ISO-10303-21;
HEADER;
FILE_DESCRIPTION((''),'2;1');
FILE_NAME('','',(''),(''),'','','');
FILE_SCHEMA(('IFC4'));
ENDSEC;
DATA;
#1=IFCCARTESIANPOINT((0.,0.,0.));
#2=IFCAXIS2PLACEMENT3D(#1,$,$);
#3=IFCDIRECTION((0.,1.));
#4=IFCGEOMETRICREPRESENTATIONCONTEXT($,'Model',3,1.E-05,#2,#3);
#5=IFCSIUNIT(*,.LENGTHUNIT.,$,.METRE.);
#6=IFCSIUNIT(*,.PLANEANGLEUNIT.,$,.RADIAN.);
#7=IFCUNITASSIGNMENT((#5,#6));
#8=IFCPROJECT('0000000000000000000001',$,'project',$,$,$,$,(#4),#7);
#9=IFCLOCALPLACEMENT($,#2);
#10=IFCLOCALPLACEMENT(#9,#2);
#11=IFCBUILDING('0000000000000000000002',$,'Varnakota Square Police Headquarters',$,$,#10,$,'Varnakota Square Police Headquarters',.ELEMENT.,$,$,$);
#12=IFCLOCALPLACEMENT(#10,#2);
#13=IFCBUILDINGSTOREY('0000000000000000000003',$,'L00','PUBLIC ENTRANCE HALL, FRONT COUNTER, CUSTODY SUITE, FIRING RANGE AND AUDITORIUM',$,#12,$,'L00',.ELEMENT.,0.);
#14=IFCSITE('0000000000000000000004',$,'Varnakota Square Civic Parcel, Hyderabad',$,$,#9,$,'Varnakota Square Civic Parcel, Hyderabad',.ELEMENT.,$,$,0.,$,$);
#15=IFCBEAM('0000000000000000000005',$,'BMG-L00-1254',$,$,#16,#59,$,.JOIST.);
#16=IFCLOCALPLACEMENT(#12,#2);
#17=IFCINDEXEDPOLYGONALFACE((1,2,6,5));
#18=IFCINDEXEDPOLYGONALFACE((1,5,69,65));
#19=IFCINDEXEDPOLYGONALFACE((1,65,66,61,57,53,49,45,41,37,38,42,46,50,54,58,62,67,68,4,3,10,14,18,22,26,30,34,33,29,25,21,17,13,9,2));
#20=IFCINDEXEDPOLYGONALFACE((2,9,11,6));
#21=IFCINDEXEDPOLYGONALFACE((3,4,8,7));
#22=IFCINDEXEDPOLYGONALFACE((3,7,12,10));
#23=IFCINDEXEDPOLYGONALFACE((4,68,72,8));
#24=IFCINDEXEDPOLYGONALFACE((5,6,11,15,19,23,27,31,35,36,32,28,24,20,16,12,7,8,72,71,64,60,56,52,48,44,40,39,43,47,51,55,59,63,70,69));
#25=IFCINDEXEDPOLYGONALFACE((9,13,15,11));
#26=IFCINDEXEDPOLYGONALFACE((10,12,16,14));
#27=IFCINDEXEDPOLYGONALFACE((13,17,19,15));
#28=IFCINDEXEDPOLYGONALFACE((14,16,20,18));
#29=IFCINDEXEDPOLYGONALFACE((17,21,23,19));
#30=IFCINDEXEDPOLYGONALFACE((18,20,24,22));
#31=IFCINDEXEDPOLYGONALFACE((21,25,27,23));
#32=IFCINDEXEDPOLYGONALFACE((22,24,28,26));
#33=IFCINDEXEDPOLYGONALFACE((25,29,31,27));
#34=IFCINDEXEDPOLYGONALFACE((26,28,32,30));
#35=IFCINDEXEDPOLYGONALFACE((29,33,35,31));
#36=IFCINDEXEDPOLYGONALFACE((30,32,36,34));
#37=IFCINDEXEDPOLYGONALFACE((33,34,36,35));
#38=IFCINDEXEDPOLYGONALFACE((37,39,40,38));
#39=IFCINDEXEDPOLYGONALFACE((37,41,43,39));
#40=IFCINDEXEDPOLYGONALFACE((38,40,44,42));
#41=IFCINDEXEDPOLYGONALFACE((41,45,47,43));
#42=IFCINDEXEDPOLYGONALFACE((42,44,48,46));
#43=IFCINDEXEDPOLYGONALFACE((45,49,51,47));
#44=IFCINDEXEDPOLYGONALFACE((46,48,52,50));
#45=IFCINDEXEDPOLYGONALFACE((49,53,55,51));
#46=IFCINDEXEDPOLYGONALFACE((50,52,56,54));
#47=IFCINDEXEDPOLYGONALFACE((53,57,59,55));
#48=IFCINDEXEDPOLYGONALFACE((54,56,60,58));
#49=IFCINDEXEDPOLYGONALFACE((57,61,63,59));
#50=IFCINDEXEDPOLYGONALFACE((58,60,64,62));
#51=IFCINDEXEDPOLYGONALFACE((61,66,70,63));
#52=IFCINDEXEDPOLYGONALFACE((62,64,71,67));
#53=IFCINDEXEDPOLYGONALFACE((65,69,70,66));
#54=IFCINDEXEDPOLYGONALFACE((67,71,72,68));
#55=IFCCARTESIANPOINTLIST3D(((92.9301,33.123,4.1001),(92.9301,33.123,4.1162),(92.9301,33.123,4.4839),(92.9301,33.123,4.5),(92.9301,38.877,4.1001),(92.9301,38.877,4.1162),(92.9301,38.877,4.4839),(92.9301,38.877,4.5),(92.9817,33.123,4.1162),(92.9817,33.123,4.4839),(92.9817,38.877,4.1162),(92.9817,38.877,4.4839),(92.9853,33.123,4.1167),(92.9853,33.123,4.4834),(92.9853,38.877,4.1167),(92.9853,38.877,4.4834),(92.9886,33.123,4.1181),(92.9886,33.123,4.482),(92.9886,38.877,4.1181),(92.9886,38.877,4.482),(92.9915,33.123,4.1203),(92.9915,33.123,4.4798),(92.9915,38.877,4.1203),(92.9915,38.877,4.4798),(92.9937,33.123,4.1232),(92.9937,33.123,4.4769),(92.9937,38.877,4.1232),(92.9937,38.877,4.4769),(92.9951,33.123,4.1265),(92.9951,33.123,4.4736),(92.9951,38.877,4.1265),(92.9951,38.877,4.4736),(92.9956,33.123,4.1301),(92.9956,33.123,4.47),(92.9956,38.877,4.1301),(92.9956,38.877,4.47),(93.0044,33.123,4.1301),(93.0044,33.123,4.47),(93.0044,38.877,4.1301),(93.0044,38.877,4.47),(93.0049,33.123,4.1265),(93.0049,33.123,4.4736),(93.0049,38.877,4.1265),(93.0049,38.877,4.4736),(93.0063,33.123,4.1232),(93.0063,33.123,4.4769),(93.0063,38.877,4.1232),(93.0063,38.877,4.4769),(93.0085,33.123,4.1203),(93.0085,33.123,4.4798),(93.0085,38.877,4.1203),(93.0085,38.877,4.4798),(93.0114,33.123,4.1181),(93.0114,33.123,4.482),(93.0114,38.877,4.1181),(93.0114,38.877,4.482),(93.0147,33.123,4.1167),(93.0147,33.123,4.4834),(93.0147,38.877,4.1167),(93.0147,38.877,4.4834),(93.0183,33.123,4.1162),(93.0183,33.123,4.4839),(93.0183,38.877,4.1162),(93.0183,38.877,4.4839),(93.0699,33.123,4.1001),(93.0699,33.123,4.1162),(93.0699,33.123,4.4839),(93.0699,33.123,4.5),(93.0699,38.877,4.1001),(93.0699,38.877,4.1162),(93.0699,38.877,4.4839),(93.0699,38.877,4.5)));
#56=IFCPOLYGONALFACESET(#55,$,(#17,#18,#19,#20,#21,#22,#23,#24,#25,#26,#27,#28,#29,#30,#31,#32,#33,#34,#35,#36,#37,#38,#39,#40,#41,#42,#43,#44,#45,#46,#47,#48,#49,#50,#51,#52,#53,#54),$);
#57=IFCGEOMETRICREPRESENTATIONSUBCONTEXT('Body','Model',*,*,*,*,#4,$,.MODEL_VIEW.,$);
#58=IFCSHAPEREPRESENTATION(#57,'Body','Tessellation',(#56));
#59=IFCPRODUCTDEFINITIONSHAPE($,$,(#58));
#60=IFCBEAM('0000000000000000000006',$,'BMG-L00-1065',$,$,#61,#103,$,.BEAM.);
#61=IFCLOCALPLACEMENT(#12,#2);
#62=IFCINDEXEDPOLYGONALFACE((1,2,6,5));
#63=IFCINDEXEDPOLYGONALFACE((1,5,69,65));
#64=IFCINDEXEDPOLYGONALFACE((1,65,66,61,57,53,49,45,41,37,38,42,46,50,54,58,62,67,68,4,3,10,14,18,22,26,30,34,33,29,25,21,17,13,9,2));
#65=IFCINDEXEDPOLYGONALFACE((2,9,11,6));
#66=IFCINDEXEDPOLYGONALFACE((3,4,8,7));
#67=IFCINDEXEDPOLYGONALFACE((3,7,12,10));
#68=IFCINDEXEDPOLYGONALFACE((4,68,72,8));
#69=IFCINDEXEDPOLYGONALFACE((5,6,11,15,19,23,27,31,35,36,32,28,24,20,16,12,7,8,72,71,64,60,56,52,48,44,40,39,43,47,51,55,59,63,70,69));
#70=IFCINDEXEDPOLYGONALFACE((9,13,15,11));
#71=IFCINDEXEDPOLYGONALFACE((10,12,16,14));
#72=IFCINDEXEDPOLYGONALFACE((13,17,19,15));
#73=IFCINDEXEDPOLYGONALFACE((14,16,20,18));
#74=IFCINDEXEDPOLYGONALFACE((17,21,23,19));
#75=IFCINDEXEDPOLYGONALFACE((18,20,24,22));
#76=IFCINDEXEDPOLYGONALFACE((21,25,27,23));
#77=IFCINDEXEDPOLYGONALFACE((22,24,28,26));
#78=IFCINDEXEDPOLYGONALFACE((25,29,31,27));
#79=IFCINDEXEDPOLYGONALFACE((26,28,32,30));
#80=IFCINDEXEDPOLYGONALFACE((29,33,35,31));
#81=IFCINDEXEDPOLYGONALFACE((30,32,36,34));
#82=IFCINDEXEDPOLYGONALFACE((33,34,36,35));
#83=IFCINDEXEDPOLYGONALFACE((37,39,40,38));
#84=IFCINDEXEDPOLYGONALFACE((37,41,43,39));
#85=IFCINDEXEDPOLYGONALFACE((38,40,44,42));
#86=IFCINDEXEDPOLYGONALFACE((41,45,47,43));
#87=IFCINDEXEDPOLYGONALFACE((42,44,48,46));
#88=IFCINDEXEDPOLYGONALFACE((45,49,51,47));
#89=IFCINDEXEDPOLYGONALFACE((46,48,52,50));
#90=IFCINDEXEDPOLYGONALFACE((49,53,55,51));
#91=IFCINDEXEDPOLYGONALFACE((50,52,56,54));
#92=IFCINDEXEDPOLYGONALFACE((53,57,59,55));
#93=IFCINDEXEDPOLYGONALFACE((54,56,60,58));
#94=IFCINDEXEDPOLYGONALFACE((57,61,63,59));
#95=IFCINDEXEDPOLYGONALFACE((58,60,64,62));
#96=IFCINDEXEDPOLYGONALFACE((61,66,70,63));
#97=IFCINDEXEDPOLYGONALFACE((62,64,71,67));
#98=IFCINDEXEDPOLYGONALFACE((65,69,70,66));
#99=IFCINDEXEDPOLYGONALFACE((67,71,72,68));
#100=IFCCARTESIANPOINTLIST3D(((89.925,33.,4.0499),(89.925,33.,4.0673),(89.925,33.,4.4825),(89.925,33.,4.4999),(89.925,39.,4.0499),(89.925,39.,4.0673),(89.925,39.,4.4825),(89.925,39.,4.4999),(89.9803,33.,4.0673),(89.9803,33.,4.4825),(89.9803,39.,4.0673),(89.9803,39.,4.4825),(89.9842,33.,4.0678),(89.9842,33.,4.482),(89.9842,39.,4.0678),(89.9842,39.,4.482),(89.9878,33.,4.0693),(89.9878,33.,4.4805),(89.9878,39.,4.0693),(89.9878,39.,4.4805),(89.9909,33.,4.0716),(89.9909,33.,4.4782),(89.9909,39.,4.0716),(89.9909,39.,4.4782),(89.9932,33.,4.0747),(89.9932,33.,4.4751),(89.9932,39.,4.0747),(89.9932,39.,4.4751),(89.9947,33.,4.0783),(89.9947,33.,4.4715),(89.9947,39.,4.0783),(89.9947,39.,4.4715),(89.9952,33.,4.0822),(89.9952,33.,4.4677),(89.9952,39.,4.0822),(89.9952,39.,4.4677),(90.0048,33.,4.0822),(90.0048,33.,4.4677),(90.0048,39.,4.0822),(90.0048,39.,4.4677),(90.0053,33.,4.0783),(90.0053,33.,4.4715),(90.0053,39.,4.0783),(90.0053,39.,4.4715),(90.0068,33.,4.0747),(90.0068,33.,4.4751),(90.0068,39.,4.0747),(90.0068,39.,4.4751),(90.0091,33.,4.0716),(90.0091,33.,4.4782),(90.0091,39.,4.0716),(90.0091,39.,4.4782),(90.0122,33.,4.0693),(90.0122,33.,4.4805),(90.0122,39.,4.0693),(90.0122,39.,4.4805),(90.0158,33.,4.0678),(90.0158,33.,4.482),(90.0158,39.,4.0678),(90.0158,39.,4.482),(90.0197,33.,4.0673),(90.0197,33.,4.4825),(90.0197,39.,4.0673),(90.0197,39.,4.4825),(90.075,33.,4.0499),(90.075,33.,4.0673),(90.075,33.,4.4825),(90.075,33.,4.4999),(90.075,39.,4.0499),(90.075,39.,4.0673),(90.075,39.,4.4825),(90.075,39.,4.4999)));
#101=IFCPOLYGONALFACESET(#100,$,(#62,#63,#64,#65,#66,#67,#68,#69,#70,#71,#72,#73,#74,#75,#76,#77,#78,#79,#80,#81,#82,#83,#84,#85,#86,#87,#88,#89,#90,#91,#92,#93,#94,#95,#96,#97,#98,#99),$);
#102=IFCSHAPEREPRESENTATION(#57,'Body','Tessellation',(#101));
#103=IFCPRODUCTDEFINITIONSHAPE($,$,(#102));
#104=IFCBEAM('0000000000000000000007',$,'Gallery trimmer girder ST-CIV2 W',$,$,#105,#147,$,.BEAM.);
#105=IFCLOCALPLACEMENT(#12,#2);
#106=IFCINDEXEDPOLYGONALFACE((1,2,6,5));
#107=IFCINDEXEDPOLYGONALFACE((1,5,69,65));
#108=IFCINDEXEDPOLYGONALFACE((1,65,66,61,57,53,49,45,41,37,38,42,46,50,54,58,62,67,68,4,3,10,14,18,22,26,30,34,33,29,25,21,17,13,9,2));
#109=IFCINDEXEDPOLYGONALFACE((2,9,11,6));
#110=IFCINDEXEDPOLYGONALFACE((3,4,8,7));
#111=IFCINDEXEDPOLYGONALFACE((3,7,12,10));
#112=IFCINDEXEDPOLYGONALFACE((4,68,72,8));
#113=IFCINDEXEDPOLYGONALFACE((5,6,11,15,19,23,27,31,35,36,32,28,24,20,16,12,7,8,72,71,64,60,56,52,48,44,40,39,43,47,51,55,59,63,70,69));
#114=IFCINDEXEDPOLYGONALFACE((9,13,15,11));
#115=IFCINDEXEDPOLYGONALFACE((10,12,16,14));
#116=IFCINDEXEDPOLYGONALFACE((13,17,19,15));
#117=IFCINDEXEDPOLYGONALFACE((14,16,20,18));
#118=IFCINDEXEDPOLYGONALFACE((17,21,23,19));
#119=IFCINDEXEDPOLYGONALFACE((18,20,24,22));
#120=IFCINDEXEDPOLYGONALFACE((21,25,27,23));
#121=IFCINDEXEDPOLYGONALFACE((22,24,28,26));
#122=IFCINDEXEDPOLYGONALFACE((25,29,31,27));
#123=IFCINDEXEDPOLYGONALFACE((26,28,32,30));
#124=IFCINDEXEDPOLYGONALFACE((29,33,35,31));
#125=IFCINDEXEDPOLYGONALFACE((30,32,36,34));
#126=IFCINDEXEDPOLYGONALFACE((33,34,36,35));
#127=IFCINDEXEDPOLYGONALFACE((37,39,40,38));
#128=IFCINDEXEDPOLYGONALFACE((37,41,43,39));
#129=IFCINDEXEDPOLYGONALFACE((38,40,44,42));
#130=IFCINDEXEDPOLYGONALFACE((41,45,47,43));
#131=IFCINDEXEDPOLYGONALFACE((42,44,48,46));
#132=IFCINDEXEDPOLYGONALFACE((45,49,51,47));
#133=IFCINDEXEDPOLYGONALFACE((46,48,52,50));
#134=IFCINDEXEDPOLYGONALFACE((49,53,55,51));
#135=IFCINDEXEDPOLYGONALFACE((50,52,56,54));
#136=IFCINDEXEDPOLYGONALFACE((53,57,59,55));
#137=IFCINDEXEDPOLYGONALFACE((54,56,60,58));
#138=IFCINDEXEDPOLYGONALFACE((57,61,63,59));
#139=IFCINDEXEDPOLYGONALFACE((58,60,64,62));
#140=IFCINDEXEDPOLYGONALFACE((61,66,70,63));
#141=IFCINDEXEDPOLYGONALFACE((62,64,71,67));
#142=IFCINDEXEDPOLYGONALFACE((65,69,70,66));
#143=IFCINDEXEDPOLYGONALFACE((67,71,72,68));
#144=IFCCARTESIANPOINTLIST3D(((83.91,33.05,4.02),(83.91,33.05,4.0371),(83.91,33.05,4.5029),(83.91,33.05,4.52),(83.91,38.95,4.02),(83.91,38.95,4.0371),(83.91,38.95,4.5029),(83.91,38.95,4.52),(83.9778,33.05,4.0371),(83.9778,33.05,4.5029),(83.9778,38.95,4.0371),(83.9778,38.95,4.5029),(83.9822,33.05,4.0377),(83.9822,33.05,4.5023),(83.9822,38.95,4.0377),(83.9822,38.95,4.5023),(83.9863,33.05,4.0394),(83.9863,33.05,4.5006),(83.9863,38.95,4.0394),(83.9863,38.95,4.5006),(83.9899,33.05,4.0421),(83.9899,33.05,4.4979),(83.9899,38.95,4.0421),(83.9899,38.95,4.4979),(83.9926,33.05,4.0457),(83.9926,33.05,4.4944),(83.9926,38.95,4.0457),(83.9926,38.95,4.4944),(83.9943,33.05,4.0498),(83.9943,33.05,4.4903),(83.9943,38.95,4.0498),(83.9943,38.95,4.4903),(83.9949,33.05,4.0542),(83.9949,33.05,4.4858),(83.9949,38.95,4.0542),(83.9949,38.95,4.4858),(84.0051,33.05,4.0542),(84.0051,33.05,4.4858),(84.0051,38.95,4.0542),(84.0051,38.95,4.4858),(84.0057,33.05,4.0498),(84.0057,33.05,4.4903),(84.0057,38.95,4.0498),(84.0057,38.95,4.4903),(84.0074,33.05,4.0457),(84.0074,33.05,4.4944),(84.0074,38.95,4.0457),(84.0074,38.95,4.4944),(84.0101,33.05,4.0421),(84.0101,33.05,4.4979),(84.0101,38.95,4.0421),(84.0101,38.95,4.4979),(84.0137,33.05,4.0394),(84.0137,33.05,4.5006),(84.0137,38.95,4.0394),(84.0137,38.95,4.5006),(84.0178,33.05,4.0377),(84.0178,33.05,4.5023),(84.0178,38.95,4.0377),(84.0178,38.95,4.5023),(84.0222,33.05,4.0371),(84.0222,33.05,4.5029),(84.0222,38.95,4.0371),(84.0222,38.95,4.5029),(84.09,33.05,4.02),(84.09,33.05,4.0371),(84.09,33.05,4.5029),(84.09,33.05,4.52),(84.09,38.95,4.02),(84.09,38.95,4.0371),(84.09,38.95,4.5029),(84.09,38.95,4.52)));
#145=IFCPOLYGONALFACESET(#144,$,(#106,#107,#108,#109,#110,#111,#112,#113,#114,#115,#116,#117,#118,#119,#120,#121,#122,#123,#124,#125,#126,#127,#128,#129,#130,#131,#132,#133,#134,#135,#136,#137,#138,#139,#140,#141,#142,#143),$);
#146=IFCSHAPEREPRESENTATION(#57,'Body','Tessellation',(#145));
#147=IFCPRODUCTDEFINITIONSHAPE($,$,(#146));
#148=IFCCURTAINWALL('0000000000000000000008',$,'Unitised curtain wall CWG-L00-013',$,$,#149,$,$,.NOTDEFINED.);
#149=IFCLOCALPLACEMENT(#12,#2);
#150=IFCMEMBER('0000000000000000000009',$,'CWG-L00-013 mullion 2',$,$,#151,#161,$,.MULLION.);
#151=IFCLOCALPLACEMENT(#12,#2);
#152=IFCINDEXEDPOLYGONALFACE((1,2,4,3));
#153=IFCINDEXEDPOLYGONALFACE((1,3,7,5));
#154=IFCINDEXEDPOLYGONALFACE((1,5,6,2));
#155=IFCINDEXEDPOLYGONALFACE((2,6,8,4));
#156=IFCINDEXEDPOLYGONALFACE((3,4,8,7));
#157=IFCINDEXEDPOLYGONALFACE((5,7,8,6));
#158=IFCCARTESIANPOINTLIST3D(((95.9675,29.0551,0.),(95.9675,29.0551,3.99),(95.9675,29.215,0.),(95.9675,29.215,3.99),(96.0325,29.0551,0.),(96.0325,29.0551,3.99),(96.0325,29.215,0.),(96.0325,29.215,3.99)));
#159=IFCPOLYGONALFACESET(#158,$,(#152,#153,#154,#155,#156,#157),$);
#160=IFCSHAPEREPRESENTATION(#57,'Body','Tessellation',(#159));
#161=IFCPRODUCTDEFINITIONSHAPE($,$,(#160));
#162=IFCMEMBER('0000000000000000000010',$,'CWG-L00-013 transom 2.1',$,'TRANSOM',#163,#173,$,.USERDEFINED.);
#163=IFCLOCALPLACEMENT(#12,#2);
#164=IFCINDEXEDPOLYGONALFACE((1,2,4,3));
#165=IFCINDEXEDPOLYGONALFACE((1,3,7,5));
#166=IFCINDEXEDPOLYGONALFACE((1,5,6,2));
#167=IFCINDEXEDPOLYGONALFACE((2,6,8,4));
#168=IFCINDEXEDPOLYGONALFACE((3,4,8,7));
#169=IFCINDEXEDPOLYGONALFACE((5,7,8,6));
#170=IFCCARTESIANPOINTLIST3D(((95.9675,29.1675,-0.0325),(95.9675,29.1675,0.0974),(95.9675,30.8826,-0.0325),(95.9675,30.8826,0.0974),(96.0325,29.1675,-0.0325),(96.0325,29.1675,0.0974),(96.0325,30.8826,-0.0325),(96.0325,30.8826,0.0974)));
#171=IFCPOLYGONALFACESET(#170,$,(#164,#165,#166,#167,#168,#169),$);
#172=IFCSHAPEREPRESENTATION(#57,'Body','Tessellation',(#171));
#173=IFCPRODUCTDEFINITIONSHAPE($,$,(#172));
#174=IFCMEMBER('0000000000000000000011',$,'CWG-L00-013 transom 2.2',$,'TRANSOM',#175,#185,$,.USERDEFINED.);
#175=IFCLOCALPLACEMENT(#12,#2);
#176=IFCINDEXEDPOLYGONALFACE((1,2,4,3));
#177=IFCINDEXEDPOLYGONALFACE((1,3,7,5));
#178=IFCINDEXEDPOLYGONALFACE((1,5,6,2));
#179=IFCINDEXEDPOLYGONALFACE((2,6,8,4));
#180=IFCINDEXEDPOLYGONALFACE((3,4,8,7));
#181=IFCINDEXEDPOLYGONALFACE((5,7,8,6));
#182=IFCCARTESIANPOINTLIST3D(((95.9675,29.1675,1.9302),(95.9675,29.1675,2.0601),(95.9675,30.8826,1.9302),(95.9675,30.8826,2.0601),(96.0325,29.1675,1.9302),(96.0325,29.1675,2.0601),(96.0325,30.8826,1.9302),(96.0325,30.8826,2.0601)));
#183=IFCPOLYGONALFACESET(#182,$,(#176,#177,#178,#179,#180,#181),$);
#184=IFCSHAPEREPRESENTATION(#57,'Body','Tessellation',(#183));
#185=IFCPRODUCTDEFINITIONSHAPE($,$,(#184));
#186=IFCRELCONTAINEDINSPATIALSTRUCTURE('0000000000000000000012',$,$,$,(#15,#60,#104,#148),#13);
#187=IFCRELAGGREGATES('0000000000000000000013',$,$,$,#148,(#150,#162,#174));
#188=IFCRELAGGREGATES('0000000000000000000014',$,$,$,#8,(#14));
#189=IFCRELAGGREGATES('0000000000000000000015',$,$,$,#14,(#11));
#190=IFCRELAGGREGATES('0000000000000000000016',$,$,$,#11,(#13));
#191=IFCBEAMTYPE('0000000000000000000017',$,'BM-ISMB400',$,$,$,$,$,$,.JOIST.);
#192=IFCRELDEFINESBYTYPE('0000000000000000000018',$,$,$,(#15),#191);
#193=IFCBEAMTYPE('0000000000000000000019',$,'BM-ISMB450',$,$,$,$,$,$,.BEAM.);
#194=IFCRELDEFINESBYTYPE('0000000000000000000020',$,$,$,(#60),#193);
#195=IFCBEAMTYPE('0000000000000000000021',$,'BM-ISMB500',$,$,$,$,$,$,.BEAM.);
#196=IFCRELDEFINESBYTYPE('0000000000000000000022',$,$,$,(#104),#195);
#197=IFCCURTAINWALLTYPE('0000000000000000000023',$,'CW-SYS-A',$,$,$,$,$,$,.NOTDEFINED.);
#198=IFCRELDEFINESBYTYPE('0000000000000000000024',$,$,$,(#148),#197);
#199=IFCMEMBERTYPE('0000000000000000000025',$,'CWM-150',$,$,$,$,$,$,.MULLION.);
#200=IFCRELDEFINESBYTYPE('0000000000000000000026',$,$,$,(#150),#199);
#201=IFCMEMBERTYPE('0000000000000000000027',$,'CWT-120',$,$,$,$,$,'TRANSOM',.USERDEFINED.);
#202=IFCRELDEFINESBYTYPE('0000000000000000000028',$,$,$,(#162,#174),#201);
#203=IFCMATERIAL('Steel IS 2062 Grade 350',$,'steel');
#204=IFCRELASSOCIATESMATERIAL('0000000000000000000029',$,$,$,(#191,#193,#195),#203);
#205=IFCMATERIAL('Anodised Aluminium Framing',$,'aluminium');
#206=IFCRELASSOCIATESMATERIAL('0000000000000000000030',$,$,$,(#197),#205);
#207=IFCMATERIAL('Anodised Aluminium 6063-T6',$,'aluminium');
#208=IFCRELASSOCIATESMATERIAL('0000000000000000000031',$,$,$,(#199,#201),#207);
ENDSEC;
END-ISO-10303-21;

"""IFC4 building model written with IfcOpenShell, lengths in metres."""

from ifc_helpers import new_model, si_unit, direction, frame, origin, origin_2d, place, context, subcontext, project, spatial, rectangle, i_section, extrude, material, material_profile, profile_set, type_object, element, aggregate, save


model = new_model("IFC4")

# Units and contexts
model_context = context("Model", 3, precision=1e-05, world=origin(), true_north=direction((0.0, 1.0)))
body_context = subcontext(model_context, "Body", "Model", "MODEL_VIEW")
ifc_project = project(units=[si_unit("LENGTHUNIT", "METRE"), si_unit("PLANEANGLEUNIT", "RADIAN")], contexts=[model_context])

# Site, building, storey
site_placement = place(None, origin())
site = spatial("IfcSite", under=ifc_project, at=site_placement, Name="Varnakota Square Civic Parcel, Hyderabad", LongName="Varnakota Square Civic Parcel, Hyderabad", CompositionType="ELEMENT", RefElevation=0.0)
building_placement = place(site_placement, origin())
building = spatial("IfcBuilding", under=site, at=building_placement, Name="Varnakota Square Police Headquarters", LongName="Varnakota Square Police Headquarters", CompositionType="ELEMENT")
storey_placement = place(building_placement, origin())
storey = spatial("IfcBuildingStorey", under=building, at=storey_placement, Name="L00", Description="PUBLIC ENTRANCE HALL, FRONT COUNTER, CUSTODY SUITE, FIRING RANGE AND AUDITORIUM", LongName="L00", CompositionType="ELEMENT", Elevation=0.0)

# Beams
ifc_material_1 = material(Name="Steel IS 2062 Grade 350", Category="steel")
ifc_material_profile_1 = material_profile(ifc_material_1, i_section(OverallWidth=0.1399, OverallDepth=0.3999, WebThickness=0.0088, FlangeThickness=0.0161, FilletRadius=0.0139, at=origin_2d()), Name="ISMB 400")
ifc_profile_set_1 = profile_set([ifc_material_profile_1], Name="Steel IS 2062 Grade 350")
beam_type_1 = type_object("IfcBeamType", Name="BM-ISMB400", PredefinedType="JOIST", material=ifc_profile_set_1)
beam_1_placement = place(storey_placement, frame((93.0, 33.123, 4.3), z_axis=(0.0, 1.0, 0.0), x_axis=(-1.0, 0.0, 0.0)))
element("IfcBeam", 1, at=beam_1_placement, inside=storey, type_object=beam_type_1, Name="BMG-L00-1254", PredefinedType="JOIST", context=body_context, shape_type="SweptSolid", body=[
    extrude(i_section(OverallWidth=0.1399, OverallDepth=0.3999, WebThickness=0.0088, FlangeThickness=0.0161, FilletRadius=0.0139, at=origin_2d()), origin(), (0.0, 0.0, 1.0), 5.7539),
])
ifc_material_profile_2 = material_profile(ifc_material_1, i_section(OverallWidth=0.1499, OverallDepth=0.45, WebThickness=0.0095, FlangeThickness=0.0173, FilletRadius=0.0149, at=origin_2d()), Name="ISMB 450")
ifc_profile_set_2 = profile_set([ifc_material_profile_2], Name="Steel IS 2062 Grade 350")
beam_type_2 = type_object("IfcBeamType", Name="BM-ISMB450", PredefinedType="BEAM", material=ifc_profile_set_2)
beam_2_placement = place(storey_placement, frame((90.0, 33.0, 4.2749), z_axis=(0.0, 1.0, 0.0), x_axis=(-1.0, 0.0, 0.0)))
element("IfcBeam", 2, at=beam_2_placement, inside=storey, type_object=beam_type_2, Name="BMG-L00-1065", PredefinedType="BEAM", context=body_context, shape_type="SweptSolid", body=[
    extrude(i_section(OverallWidth=0.1499, OverallDepth=0.45, WebThickness=0.0095, FlangeThickness=0.0173, FilletRadius=0.0149, at=origin_2d()), origin(), (0.0, 0.0, 1.0), 6.0),
])
ifc_material_profile_3 = material_profile(ifc_material_1, i_section(OverallWidth=0.1799, OverallDepth=0.5, WebThickness=0.0103, FlangeThickness=0.0171, FilletRadius=0.0171, at=origin_2d()), Name="ISMB 500")
ifc_profile_set_3 = profile_set([ifc_material_profile_3], Name="Steel IS 2062 Grade 350")
beam_type_3 = type_object("IfcBeamType", Name="BM-ISMB500", PredefinedType="BEAM", material=ifc_profile_set_3)
beam_3_placement = place(storey_placement, frame((84.0, 33.05, 4.27), z_axis=(0.0, 1.0, 0.0), x_axis=(-1.0, 0.0, 0.0)))
element("IfcBeam", 3, at=beam_3_placement, inside=storey, type_object=beam_type_3, Name="Gallery trimmer girder ST-CIV2 W", PredefinedType="BEAM", context=body_context, shape_type="SweptSolid", body=[
    extrude(i_section(OverallWidth=0.1799, OverallDepth=0.5, WebThickness=0.0103, FlangeThickness=0.0171, FilletRadius=0.0171, at=origin_2d()), origin(), (0.0, 0.0, 1.0), 5.8999),
])

# Curtain wall, members
ifc_material_2 = material(Name="Anodised Aluminium Framing", Category="aluminium")
curtain_wall_type = type_object("IfcCurtainWallType", Name="CW-SYS-A", PredefinedType="NOTDEFINED", material=ifc_material_2)
curtain_wall_placement = place(storey_placement, origin())
curtain_wall = element("IfcCurtainWall", 4, at=curtain_wall_placement, inside=storey, type_object=curtain_wall_type, Name="Unitised curtain wall CWG-L00-013", PredefinedType="NOTDEFINED")
ifc_material_3 = material(Name="Anodised Aluminium 6063-T6", Category="aluminium")
ifc_material_profile_4 = material_profile(ifc_material_3, rectangle(XDim=0.0649, YDim=0.1599, at=origin_2d()), Name="ALU MULLION 65x160")
ifc_profile_set_4 = profile_set([ifc_material_profile_4], Name="Anodised Aluminium 6063-T6")
member_type_1 = type_object("IfcMemberType", Name="CWM-150", PredefinedType="MULLION", material=ifc_profile_set_4)
member_1_placement = place(storey_placement, frame((96.0, 29.135, 0.0), z_axis=(0.0, 0.0, 1.0), x_axis=(-1.0, 0.0, 0.0)))
member_1 = element("IfcMember", 5, at=member_1_placement, type_object=member_type_1, Name="CWG-L00-013 mullion 2", PredefinedType="MULLION", context=body_context, shape_type="SweptSolid", body=[
    extrude(rectangle(XDim=0.0649, YDim=0.1599, at=origin_2d()), origin(), (0.0, 0.0, 1.0), 3.99),
])
ifc_material_profile_5 = material_profile(ifc_material_3, rectangle(XDim=0.0649, YDim=0.1299, at=origin_2d()), Name="ALU TRANSOM 65x130")
ifc_profile_set_5 = profile_set([ifc_material_profile_5], Name="Anodised Aluminium 6063-T6")
member_type_2 = type_object("IfcMemberType", Name="CWT-120", ElementType="TRANSOM", PredefinedType="USERDEFINED", material=ifc_profile_set_5)
member_2_placement = place(storey_placement, frame((96.0, 29.1675, 0.0325), z_axis=(0.0, 1.0, 0.0), x_axis=(-1.0, 0.0, 0.0)))
member_2 = element("IfcMember", 6, at=member_2_placement, type_object=member_type_2, Name="CWG-L00-013 transom 2.1", ObjectType="TRANSOM", PredefinedType="USERDEFINED", context=body_context, shape_type="SweptSolid", body=[
    extrude(rectangle(XDim=0.0649, YDim=0.1299, at=origin_2d()), origin(), (0.0, 0.0, 1.0), 1.7151),
])
member_3_placement = place(storey_placement, frame((96.0, 29.1675, 1.9951), z_axis=(0.0, 1.0, 0.0), x_axis=(-1.0, 0.0, 0.0)))
member_3 = element("IfcMember", 7, at=member_3_placement, type_object=member_type_2, Name="CWG-L00-013 transom 2.2", ObjectType="TRANSOM", PredefinedType="USERDEFINED", context=body_context, shape_type="SweptSolid", body=[
    extrude(rectangle(XDim=0.0649, YDim=0.1299, at=origin_2d()), origin(), (0.0, 0.0, 1.0), 1.7151),
])
aggregate(curtain_wall, [member_1, member_2, member_3])

save(model, "model.ifc")
